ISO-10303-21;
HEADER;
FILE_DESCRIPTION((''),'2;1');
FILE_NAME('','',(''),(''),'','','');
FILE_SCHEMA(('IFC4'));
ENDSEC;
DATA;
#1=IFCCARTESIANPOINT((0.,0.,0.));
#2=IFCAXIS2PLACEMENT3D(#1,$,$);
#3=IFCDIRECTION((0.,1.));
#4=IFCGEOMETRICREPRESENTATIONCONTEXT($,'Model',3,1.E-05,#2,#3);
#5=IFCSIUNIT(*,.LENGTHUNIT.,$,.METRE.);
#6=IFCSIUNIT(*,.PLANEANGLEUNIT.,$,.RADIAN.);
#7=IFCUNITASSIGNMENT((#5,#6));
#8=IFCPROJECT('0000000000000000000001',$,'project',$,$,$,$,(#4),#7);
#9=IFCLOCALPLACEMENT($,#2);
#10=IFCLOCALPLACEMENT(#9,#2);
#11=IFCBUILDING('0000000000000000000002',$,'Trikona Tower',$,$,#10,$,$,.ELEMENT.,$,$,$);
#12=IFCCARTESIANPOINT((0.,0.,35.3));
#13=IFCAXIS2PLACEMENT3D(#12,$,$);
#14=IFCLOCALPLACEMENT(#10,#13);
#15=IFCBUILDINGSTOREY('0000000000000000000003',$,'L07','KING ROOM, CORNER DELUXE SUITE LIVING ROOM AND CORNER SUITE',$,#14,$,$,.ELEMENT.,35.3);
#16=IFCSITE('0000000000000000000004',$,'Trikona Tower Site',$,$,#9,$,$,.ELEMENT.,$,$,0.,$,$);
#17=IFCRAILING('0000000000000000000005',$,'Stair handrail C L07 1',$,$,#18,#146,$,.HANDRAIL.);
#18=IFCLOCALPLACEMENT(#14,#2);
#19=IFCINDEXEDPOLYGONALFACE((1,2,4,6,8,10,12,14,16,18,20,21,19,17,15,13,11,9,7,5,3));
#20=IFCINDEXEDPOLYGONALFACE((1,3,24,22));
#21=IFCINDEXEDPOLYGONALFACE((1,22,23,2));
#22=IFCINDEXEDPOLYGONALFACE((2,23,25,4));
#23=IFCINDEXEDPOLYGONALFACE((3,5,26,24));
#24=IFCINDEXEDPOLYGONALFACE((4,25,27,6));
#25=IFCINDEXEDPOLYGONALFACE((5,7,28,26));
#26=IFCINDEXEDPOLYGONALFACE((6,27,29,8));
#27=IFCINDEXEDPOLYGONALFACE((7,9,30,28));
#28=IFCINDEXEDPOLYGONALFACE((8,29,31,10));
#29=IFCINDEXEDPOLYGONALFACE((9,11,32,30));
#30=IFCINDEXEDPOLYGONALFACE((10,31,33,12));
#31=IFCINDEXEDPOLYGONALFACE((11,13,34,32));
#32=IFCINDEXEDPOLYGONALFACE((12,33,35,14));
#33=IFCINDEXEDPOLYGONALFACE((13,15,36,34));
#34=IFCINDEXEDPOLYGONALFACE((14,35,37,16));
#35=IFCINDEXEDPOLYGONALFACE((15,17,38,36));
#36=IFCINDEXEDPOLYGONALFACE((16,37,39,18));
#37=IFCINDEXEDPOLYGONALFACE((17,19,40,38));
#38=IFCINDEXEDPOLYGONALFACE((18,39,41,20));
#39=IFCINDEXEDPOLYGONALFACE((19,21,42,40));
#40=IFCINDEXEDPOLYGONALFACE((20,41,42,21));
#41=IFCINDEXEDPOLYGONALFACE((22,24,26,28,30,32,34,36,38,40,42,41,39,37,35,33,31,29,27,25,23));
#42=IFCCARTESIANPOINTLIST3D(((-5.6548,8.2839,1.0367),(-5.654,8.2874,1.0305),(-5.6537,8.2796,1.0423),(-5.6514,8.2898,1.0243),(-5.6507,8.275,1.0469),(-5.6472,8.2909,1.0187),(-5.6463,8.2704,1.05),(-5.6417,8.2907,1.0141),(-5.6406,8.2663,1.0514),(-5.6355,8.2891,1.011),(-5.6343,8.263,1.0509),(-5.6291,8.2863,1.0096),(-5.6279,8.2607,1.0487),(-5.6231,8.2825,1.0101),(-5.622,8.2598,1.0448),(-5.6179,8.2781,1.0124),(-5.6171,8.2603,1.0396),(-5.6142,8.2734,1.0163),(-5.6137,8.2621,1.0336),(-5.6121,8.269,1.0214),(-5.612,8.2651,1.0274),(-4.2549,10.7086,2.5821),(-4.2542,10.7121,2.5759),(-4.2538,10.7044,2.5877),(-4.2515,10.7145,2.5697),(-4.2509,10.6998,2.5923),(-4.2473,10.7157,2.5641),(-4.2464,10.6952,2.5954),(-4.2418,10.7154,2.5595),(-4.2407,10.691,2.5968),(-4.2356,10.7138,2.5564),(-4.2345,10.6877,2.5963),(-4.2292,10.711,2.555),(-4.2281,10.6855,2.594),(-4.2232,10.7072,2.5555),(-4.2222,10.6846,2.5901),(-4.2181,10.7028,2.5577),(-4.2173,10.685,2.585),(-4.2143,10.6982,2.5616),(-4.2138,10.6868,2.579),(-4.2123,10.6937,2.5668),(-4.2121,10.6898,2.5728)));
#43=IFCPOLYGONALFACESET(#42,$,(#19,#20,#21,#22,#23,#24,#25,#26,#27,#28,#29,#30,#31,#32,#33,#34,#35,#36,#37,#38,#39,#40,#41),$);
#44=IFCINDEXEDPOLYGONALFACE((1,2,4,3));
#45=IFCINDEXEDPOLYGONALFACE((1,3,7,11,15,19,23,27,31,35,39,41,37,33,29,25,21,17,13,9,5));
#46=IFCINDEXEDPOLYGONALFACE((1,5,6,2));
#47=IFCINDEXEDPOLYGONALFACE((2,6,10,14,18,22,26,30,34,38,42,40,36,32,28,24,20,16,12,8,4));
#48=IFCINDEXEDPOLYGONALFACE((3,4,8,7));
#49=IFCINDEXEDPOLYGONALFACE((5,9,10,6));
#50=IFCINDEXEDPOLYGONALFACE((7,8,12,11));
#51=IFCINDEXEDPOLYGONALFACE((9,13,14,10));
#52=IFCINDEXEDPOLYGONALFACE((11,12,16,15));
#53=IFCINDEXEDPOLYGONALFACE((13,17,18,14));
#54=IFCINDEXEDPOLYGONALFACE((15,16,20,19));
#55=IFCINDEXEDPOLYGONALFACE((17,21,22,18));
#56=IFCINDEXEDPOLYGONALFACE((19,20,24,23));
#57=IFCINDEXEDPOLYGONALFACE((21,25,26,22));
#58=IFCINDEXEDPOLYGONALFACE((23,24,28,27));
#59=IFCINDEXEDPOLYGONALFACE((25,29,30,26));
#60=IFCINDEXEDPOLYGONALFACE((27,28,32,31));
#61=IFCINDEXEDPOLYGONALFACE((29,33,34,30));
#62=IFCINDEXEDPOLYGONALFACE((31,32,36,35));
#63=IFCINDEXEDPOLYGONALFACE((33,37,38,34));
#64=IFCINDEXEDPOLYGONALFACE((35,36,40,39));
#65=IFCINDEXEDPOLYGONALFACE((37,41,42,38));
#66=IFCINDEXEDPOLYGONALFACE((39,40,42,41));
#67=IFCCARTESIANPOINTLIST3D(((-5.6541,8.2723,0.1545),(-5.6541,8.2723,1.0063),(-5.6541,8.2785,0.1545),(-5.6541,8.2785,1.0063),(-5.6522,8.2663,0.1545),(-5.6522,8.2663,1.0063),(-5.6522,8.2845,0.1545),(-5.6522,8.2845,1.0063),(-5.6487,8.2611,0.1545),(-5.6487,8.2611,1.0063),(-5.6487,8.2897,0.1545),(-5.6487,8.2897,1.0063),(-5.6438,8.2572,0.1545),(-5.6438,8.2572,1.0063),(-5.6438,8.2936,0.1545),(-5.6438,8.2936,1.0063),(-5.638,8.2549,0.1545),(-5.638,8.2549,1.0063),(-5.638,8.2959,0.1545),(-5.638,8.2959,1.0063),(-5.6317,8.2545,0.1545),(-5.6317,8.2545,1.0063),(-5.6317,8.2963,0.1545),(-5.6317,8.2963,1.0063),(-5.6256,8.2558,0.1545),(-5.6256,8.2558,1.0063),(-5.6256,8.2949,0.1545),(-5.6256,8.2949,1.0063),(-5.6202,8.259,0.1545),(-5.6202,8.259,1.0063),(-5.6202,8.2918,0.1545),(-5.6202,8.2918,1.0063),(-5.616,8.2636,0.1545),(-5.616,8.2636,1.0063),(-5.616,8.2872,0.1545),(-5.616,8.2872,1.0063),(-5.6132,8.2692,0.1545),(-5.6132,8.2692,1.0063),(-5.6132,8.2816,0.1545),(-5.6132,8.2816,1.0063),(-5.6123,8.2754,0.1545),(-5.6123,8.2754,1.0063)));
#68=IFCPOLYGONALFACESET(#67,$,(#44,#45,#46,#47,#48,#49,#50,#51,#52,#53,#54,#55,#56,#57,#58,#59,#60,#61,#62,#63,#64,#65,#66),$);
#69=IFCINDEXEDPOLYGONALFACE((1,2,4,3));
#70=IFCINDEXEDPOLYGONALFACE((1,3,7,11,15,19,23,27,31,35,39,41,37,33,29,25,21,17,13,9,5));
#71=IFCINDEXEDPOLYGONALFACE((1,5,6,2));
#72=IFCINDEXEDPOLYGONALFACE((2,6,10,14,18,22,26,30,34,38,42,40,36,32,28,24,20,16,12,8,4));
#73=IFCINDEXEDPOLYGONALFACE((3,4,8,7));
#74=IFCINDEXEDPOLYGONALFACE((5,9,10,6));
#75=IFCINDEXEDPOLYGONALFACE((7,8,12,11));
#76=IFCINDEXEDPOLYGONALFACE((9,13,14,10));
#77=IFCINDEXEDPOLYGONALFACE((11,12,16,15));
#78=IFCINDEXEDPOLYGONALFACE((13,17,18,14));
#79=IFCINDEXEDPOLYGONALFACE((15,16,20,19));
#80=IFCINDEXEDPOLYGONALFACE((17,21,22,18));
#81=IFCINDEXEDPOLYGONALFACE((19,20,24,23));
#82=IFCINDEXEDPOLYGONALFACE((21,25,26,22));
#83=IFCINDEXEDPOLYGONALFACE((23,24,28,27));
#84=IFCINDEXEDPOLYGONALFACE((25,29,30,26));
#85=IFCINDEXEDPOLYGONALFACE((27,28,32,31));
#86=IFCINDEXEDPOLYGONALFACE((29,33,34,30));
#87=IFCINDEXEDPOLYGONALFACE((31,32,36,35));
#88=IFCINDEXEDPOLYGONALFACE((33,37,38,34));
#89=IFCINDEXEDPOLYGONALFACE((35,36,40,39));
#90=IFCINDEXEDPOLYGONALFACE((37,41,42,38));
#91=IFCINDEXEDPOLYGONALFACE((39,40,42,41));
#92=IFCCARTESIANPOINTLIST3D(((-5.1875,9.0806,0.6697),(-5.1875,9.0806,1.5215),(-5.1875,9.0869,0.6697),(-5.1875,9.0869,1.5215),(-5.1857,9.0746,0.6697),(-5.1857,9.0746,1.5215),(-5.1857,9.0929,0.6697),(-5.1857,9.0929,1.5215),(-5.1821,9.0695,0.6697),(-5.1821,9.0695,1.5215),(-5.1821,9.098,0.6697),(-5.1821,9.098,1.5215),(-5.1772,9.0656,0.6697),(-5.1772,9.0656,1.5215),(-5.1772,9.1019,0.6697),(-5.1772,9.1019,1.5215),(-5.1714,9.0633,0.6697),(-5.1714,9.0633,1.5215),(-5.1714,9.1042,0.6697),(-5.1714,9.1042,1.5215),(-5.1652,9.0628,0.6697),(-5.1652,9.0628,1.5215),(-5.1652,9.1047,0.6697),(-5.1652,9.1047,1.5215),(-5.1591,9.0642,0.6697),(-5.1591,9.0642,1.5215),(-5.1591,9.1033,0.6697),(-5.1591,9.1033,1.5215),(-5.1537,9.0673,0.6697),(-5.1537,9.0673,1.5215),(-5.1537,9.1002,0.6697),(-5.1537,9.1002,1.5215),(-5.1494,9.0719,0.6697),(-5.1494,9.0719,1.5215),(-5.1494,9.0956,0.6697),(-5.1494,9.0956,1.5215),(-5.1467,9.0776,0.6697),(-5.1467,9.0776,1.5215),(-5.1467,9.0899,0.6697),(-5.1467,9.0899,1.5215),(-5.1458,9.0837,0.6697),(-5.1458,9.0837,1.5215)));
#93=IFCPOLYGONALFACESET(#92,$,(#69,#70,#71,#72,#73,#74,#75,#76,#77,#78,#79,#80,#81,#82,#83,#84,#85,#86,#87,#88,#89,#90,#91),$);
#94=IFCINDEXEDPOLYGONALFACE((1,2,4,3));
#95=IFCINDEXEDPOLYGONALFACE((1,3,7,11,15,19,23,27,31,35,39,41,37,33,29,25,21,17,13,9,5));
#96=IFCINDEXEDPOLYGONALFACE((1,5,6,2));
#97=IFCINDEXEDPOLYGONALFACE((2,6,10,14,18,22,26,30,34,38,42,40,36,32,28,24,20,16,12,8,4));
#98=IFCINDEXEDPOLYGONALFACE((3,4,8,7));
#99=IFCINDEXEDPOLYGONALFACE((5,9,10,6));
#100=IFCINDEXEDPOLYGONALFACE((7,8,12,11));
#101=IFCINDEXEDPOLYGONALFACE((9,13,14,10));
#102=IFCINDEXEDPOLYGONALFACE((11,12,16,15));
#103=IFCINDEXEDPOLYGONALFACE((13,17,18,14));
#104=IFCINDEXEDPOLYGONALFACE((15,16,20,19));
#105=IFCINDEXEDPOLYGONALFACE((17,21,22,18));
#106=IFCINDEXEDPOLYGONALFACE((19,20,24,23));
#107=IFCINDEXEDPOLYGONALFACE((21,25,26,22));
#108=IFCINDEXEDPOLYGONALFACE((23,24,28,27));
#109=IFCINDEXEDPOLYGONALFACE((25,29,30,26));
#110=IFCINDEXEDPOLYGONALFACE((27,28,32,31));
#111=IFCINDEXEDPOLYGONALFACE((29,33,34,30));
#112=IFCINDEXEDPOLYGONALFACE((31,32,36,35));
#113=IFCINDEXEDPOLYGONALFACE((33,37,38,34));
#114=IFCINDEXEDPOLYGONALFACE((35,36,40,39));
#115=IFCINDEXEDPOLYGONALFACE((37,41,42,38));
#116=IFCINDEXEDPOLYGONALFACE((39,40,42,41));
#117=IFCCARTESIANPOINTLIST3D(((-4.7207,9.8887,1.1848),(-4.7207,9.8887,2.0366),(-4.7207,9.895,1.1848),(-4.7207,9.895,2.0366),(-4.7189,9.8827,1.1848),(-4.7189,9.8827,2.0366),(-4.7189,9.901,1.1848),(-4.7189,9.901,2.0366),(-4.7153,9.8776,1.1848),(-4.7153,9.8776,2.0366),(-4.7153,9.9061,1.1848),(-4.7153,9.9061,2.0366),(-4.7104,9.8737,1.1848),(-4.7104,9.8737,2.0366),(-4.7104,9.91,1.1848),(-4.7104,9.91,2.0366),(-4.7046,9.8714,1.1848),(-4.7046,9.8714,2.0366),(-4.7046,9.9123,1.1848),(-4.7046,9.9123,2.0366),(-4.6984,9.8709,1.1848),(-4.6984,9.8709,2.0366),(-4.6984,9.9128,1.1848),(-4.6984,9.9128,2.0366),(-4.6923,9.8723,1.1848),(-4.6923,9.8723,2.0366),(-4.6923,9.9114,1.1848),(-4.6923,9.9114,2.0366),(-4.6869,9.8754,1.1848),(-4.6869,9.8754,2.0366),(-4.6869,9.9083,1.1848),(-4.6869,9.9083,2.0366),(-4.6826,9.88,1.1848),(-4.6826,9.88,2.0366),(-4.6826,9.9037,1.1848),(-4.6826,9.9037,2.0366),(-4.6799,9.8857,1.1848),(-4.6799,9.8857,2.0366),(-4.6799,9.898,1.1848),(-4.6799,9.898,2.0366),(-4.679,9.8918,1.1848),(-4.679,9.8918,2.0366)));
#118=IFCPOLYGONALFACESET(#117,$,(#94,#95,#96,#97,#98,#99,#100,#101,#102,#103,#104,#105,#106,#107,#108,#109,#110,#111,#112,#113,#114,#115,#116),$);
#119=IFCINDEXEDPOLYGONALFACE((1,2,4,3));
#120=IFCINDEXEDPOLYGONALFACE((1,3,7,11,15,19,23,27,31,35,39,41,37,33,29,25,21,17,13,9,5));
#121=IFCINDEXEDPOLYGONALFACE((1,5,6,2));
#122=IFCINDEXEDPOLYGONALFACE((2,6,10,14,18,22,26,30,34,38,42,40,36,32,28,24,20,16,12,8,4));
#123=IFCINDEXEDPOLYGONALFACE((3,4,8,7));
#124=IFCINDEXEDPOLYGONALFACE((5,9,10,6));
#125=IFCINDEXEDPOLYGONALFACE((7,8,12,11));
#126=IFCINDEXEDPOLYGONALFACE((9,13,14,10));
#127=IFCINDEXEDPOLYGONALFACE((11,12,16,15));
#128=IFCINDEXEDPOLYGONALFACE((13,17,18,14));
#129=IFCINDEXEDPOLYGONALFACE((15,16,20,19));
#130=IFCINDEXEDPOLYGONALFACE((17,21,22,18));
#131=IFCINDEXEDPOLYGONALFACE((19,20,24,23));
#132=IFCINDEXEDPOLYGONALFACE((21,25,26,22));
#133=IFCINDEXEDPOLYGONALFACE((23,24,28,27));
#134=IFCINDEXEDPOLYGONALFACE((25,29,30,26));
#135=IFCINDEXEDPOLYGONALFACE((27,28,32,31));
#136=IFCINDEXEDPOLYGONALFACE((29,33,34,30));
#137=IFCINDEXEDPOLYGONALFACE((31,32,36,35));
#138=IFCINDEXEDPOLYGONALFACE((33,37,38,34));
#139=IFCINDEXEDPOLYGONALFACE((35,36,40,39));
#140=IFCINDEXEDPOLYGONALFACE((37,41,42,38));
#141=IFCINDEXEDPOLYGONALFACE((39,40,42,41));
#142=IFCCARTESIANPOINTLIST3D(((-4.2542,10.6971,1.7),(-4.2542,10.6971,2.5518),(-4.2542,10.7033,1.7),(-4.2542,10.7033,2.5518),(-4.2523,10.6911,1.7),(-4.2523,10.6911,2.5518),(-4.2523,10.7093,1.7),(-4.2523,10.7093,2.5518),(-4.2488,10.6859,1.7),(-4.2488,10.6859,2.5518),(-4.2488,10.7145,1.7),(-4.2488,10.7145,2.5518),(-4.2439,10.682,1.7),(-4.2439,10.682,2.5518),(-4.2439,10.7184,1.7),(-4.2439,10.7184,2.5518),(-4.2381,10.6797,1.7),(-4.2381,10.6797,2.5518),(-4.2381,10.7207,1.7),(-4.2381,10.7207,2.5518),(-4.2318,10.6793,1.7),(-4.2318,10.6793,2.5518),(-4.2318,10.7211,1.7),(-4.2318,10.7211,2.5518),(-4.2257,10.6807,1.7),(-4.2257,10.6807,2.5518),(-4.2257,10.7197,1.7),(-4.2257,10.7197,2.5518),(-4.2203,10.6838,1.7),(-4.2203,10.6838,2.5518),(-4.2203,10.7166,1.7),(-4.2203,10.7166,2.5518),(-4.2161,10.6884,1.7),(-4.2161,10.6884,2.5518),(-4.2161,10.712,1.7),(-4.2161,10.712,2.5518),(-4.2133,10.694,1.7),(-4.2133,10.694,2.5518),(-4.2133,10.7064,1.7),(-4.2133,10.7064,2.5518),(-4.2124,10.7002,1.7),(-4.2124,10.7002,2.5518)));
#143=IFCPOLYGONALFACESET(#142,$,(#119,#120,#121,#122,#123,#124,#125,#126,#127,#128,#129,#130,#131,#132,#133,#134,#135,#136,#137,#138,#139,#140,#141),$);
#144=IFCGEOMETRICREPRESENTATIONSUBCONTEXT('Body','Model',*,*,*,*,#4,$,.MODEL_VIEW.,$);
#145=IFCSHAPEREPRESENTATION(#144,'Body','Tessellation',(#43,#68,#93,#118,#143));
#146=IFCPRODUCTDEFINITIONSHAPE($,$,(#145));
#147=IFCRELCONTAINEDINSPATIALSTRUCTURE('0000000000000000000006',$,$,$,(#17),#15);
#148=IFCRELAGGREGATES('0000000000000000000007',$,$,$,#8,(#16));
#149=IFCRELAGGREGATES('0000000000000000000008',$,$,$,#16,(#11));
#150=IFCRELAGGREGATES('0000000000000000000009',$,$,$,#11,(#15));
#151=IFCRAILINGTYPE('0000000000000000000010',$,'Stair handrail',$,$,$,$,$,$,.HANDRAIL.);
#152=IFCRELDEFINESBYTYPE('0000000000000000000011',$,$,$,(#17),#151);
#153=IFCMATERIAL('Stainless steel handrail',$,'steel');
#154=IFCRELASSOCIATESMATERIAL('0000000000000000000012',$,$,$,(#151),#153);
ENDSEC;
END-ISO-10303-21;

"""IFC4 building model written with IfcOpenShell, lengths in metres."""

from ifc_helpers import new_model, si_unit, direction, frame, origin, origin_2d, place, context, subcontext, project, spatial, circle, extrude, material, type_object, element, save


model = new_model("IFC4")

# Units and contexts
model_context = context("Model", 3, precision=1e-05, world=origin(), true_north=direction((0.0, 1.0)))
body_context = subcontext(model_context, "Body", "Model", "MODEL_VIEW")
ifc_project = project(units=[si_unit("LENGTHUNIT", "METRE"), si_unit("PLANEANGLEUNIT", "RADIAN")], contexts=[model_context])

# Site, building, storey
site_placement = place(None, origin())
site = spatial("IfcSite", under=ifc_project, at=site_placement, Name="Trikona Tower Site", CompositionType="ELEMENT", RefElevation=0.0)
building_placement = place(site_placement, origin())
building = spatial("IfcBuilding", under=site, at=building_placement, Name="Trikona Tower", CompositionType="ELEMENT")
storey_placement = place(building_placement, frame((0.0, 0.0, 35.3)))
storey = spatial("IfcBuildingStorey", under=building, at=storey_placement, Name="L07", Description="KING ROOM, CORNER DELUXE SUITE LIVING ROOM AND CORNER SUITE", CompositionType="ELEMENT", Elevation=35.3)

# Railing
ifc_material_1 = material(Name="Stainless steel handrail", Category="steel")
railing_type = type_object("IfcRailingType", Name="Stair handrail", PredefinedType="HANDRAIL", material=ifc_material_1)
railing_1_placement = place(storey_placement, frame((-5.6333, 8.2754, 0.1545)))
element("IfcRailing", 1, at=railing_1_placement, inside=storey, type_object=railing_type, Name="Stair handrail C L07 1", PredefinedType="HANDRAIL", context=body_context, shape_type="SweptSolid", body=[
    extrude(circle(Radius=0.0239, at=origin_2d()), frame((0.0, 0.0, 0.876), z_axis=(0.437733, 0.758207, 0.483231), x_axis=(-0.866035, 0.499984, 0.0)), (0.0, 0.0, 1.0), 3.198),
    extrude(circle(Radius=0.021, at=origin_2d()), origin(), (0.0, 0.0, 1.0), 0.8518),
    extrude(circle(Radius=0.021, at=origin_2d()), frame((0.4666, 0.8083, 0.5151)), (0.0, 0.0, 1.0), 0.8518),
    extrude(circle(Radius=0.021, at=origin_2d()), frame((0.9333, 1.6165, 1.0303)), (0.0, 0.0, 1.0), 0.8518),
    extrude(circle(Radius=0.021, at=origin_2d()), frame((1.3999, 2.4248, 1.5454)), (0.0, 0.0, 1.0), 0.8518),
])

save(model, "model.ifc")
